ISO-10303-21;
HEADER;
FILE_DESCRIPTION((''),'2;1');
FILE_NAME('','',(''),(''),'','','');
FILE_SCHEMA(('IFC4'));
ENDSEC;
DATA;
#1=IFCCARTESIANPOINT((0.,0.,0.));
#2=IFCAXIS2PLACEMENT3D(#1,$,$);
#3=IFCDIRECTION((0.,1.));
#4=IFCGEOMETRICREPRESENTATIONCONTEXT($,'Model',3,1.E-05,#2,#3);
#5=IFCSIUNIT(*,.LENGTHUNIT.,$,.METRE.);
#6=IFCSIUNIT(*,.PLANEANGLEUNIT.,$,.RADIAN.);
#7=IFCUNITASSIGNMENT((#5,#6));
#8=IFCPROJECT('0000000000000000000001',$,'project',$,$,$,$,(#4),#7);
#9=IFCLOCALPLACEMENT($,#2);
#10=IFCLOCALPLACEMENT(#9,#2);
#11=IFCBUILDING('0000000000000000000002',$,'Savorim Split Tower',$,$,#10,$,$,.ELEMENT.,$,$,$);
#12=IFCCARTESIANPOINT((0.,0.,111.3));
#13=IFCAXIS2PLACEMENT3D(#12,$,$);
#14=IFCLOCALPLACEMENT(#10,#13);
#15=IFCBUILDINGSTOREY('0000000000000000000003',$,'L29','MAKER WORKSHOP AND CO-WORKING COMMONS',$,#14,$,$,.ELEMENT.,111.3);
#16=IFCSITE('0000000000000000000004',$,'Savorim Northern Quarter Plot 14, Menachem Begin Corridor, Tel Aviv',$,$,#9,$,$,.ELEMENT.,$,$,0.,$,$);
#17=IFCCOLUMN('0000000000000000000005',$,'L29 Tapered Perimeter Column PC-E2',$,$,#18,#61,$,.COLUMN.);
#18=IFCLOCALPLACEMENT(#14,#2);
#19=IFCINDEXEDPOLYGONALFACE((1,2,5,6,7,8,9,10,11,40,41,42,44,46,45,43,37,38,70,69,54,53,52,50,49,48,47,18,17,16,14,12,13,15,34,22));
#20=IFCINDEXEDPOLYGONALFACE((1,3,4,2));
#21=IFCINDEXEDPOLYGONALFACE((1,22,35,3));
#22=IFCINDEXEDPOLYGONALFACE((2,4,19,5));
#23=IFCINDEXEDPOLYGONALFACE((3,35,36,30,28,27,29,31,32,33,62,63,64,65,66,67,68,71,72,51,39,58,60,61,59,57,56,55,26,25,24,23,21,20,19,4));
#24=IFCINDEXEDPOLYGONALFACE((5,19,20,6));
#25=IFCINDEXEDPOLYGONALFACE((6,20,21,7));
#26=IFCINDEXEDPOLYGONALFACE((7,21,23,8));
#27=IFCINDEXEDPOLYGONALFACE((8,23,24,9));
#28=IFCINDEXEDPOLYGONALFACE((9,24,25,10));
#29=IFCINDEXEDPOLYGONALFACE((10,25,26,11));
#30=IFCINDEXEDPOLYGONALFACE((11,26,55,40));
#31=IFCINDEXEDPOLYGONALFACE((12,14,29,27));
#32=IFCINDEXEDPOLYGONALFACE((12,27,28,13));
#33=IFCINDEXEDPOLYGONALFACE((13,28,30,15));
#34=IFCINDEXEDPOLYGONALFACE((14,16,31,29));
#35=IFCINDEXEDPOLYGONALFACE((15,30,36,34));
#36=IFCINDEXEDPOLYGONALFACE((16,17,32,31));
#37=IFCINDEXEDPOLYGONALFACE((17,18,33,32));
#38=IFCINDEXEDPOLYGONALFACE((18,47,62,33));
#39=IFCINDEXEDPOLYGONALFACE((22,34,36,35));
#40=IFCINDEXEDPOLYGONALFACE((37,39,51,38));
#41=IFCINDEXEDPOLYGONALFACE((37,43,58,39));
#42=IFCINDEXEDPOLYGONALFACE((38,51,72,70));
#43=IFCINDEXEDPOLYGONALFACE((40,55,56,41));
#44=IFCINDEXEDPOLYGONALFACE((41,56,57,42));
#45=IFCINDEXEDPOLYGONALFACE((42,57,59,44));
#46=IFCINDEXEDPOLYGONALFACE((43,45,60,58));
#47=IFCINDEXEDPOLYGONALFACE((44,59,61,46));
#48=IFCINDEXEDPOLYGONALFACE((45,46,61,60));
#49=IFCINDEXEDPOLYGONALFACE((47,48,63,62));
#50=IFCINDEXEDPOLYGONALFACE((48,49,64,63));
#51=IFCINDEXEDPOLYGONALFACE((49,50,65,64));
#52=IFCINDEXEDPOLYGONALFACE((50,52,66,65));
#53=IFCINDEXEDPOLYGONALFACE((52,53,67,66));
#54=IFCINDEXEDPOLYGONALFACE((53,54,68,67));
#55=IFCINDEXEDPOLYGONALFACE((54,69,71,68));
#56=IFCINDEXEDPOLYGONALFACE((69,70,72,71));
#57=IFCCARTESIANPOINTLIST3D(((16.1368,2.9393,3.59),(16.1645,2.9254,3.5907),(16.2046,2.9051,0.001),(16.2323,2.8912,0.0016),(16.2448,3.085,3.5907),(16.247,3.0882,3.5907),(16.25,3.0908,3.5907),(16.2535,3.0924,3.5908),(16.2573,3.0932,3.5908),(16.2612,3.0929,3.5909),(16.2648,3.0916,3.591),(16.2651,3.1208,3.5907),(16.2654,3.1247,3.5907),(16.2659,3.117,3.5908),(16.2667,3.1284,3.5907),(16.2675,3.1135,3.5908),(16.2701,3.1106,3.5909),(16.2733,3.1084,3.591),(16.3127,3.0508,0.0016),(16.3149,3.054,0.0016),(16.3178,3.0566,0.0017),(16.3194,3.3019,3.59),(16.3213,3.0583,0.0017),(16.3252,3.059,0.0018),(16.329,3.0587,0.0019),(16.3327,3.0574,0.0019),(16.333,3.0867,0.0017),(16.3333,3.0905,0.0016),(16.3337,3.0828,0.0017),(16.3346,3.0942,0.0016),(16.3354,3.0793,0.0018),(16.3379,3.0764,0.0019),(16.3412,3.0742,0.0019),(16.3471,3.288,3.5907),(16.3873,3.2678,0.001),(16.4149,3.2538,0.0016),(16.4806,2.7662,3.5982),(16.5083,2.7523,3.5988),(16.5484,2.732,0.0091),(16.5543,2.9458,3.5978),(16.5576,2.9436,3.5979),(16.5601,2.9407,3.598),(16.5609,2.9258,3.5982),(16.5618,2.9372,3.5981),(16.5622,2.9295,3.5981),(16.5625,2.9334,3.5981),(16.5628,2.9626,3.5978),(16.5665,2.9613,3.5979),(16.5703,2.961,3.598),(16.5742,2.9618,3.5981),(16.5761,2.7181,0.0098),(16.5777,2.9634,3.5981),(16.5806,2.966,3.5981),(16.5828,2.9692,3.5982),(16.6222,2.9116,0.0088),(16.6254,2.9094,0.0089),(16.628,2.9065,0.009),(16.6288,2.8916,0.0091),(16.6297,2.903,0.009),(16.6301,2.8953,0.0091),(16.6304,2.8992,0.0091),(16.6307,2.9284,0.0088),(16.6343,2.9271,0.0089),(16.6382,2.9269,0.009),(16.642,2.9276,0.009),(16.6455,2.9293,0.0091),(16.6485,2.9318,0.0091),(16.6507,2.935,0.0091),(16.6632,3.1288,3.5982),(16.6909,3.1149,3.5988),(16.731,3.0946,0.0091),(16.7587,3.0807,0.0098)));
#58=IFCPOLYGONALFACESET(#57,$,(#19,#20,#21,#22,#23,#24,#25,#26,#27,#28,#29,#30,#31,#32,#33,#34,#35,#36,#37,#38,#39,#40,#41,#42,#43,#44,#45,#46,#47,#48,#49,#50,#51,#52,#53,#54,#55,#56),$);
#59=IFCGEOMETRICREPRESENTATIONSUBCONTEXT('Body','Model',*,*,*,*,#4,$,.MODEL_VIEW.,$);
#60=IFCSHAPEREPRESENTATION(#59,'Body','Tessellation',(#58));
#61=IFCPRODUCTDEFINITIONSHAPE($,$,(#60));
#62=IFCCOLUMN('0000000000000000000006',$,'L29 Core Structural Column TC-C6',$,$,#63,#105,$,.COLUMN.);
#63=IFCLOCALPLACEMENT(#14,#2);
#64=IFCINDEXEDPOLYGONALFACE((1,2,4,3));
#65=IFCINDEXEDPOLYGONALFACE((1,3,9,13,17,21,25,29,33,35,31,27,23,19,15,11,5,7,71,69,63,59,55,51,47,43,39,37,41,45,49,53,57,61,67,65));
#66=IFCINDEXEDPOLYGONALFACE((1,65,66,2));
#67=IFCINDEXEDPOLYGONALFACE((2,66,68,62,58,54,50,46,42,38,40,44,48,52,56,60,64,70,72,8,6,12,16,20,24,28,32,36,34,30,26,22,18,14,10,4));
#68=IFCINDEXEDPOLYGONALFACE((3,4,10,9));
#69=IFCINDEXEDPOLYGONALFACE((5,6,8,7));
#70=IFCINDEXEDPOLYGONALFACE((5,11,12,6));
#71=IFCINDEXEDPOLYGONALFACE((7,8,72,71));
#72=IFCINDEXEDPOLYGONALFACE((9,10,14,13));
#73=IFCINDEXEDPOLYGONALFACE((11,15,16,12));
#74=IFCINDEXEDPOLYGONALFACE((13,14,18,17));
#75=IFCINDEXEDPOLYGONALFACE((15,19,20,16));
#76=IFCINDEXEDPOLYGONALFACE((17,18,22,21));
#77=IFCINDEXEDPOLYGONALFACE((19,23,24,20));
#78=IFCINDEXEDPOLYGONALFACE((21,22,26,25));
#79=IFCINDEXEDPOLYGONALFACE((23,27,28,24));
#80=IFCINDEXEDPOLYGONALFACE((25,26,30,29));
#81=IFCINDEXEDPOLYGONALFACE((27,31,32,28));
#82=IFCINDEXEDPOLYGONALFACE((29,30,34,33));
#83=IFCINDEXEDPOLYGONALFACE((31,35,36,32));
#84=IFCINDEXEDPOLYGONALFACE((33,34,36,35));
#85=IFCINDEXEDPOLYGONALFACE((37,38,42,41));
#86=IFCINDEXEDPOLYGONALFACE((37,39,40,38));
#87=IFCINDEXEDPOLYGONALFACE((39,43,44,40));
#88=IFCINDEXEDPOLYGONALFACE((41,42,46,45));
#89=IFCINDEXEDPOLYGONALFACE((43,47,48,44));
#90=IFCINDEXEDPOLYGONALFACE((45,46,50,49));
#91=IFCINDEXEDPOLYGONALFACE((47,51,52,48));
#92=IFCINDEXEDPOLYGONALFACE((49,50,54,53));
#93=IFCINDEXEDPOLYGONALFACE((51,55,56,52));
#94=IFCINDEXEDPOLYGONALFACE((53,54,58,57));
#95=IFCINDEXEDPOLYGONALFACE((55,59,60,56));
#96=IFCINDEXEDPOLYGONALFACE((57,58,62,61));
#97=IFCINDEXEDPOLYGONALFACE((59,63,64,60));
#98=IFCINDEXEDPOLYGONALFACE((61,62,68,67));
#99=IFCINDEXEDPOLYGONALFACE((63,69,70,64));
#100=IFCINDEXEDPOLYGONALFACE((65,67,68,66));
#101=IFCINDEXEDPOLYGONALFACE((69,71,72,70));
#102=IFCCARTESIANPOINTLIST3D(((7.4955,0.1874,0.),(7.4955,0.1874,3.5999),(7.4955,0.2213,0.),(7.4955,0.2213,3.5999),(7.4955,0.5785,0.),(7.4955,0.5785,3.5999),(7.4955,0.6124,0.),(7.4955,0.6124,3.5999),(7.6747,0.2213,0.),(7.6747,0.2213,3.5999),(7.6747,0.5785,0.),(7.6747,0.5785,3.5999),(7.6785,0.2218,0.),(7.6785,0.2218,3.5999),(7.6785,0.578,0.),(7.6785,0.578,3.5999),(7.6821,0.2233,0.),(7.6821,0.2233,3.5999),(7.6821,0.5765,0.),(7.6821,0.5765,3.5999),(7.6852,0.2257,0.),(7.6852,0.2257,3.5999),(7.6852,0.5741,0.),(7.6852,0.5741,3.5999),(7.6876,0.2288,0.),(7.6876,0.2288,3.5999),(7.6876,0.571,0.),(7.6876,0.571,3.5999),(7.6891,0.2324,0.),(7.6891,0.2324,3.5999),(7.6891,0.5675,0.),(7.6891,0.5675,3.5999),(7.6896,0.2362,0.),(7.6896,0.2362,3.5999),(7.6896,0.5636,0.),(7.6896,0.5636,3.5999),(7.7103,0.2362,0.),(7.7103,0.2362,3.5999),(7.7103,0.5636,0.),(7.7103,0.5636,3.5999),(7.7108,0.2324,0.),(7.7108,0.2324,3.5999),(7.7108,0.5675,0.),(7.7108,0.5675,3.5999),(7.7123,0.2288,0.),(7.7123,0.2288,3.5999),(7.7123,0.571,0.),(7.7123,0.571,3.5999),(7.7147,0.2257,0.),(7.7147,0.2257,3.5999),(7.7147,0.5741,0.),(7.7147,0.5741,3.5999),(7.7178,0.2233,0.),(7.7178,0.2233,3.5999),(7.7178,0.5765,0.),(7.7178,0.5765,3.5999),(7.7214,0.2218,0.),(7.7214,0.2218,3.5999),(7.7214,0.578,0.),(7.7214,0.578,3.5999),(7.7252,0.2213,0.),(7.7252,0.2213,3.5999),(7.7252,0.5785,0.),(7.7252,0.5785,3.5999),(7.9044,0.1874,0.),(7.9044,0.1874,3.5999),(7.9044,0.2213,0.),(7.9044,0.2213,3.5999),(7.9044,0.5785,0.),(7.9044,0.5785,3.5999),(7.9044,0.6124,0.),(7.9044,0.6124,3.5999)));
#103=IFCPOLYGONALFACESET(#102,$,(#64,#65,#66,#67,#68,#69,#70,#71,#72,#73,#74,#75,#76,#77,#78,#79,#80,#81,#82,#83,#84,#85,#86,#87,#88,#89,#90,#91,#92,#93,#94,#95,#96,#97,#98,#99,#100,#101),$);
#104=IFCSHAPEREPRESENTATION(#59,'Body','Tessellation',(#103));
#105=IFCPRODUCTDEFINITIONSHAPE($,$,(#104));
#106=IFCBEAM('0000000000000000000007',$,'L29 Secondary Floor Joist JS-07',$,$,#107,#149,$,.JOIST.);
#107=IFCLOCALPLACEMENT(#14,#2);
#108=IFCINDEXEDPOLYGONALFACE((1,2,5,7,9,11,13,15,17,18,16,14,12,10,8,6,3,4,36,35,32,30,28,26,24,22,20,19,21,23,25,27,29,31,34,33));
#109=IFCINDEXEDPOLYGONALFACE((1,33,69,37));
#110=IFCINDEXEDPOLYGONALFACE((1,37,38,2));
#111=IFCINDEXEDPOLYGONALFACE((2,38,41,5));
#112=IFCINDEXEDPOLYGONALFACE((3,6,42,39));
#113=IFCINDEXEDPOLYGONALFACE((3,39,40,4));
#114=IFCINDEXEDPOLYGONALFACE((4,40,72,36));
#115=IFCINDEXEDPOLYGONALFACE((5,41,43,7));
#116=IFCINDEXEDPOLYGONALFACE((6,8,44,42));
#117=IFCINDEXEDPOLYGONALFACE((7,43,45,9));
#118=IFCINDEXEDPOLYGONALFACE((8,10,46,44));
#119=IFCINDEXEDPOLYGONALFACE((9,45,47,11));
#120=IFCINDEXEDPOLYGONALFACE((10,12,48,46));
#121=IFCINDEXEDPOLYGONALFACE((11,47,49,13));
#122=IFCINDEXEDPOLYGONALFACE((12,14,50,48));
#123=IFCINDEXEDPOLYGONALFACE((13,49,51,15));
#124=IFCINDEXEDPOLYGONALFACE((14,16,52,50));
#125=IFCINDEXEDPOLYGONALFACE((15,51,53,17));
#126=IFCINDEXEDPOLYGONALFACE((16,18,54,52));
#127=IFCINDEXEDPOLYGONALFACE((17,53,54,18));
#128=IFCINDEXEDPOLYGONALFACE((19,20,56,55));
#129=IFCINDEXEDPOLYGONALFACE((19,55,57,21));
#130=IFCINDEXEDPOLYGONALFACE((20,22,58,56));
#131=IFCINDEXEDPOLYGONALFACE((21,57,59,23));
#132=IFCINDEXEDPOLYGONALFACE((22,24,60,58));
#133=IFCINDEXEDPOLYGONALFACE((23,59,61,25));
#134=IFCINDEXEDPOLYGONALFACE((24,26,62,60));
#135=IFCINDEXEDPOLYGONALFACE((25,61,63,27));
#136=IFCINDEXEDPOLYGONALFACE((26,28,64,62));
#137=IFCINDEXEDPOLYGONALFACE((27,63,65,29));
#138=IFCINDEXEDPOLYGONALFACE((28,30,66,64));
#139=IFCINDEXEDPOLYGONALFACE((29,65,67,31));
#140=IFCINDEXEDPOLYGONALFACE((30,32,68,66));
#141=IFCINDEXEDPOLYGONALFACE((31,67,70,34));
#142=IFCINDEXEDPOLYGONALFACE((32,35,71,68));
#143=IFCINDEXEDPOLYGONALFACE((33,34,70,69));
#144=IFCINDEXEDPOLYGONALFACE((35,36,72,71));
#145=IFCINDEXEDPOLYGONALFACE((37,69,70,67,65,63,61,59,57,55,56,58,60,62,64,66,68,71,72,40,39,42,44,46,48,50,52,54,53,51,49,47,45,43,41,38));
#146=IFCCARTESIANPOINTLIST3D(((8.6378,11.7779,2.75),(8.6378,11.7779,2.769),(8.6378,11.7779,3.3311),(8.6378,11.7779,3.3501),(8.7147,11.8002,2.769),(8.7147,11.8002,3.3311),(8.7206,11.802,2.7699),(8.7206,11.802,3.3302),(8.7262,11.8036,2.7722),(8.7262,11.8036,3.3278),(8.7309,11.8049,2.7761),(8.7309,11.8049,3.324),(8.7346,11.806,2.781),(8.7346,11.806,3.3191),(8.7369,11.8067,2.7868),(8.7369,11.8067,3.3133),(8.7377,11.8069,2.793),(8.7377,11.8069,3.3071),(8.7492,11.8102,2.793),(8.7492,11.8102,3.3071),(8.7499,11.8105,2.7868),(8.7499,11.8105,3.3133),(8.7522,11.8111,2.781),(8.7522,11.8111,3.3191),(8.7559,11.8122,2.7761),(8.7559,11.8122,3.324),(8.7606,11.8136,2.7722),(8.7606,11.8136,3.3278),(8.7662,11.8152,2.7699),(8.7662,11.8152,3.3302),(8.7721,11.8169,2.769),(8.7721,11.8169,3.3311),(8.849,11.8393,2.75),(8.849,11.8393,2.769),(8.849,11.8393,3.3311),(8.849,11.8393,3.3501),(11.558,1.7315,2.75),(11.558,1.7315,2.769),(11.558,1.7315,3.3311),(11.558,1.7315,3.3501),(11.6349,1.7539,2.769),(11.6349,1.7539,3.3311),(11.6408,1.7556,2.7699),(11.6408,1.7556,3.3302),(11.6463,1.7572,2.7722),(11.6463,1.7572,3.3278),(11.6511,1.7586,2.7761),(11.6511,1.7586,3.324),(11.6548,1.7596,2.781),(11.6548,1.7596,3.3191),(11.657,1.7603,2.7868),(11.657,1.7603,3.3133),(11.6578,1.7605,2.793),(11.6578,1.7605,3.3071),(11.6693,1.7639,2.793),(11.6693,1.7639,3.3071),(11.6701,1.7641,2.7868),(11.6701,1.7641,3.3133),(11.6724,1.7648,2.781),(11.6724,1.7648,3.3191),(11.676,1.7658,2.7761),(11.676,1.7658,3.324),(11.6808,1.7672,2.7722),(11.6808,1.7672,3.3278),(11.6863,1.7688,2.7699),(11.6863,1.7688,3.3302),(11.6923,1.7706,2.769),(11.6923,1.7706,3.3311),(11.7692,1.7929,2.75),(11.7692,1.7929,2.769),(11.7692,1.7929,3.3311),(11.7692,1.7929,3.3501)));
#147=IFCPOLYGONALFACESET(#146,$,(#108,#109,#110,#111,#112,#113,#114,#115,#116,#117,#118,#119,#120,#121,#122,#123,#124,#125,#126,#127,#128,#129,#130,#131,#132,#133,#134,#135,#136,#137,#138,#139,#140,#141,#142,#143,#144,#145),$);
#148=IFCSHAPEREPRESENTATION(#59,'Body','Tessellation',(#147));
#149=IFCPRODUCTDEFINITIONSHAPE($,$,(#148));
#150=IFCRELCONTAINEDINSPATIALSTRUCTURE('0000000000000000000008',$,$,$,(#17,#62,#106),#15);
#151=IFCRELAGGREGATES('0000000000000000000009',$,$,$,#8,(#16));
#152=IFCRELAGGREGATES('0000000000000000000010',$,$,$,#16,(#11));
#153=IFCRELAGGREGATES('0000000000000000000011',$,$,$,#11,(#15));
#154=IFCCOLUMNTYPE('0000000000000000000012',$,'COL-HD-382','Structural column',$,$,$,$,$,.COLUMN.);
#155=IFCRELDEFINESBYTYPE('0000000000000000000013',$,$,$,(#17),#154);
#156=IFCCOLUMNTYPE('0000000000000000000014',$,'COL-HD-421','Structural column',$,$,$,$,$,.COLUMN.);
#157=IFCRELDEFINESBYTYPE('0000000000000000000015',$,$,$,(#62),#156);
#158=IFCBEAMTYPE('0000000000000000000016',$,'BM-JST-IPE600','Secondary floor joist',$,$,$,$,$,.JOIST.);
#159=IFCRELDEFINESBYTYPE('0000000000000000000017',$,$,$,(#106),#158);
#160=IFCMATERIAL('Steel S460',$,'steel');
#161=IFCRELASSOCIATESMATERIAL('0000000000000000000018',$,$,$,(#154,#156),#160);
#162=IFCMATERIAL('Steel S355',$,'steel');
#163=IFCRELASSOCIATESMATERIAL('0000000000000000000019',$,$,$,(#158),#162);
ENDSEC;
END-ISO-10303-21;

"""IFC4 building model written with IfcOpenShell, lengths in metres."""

from ifc_helpers import new_model, si_unit, direction, frame, origin, origin_2d, place, context, subcontext, project, spatial, i_section, extrude, material, material_profile, profile_set, type_object, element, save


model = new_model("IFC4")

# Units and contexts
model_context = context("Model", 3, precision=1e-05, world=origin(), true_north=direction((0.0, 1.0)))
body_context = subcontext(model_context, "Body", "Model", "MODEL_VIEW")
ifc_project = project(units=[si_unit("LENGTHUNIT", "METRE"), si_unit("PLANEANGLEUNIT", "RADIAN")], contexts=[model_context])

# Site, building, storey
site_placement = place(None, origin())
site = spatial("IfcSite", under=ifc_project, at=site_placement, Name="Savorim Northern Quarter Plot 14, Menachem Begin Corridor, Tel Aviv", CompositionType="ELEMENT", RefElevation=0.0)
building_placement = place(site_placement, origin())
building = spatial("IfcBuilding", under=site, at=building_placement, Name="Savorim Split Tower", CompositionType="ELEMENT")
storey_placement = place(building_placement, frame((0.0, 0.0, 111.3)))
storey = spatial("IfcBuildingStorey", under=building, at=storey_placement, Name="L29", Description="MAKER WORKSHOP AND CO-WORKING COMMONS", CompositionType="ELEMENT", Elevation=111.3)

# Columns
ifc_material_1 = material(Name="Steel S460", Category="steel")
ifc_material_profile_1 = material_profile(ifc_material_1, i_section(OverallWidth=0.406, OverallDepth=0.416, WebThickness=0.0188, FlangeThickness=0.031, FilletRadius=0.0149, at=origin_2d()), Name="HD 400x382")
ifc_profile_set_1 = profile_set([ifc_material_profile_1], Name="Steel S460")
column_type_1 = type_object("IfcColumnType", Name="COL-HD-382", Description="Structural column", PredefinedType="COLUMN", material=ifc_profile_set_1)
column_1_placement = place(storey_placement, frame((16.4817, 2.9929, 0.0054), z_axis=(-0.018906, 0.009521, 0.999776), x_axis=(-0.449782, -0.893138, 0.0)))
element("IfcColumn", 1, at=column_1_placement, inside=storey, type_object=column_type_1, Name="L29 Tapered Perimeter Column PC-E2", PredefinedType="COLUMN", context=body_context, shape_type="SweptSolid", body=[
    extrude(i_section(OverallWidth=0.406, OverallDepth=0.416, WebThickness=0.0188, FlangeThickness=0.031, FilletRadius=0.0149, at=origin_2d()), origin(), (0.0, 0.0, 1.0), 3.5898),
])
ifc_material_profile_2 = material_profile(ifc_material_1, i_section(OverallWidth=0.4089, OverallDepth=0.425, WebThickness=0.0208, FlangeThickness=0.0339, FilletRadius=0.0149, at=origin_2d()), Name="HD 400x421")
ifc_profile_set_2 = profile_set([ifc_material_profile_2], Name="Steel S460")
column_type_2 = type_object("IfcColumnType", Name="COL-HD-421", Description="Structural column", PredefinedType="COLUMN", material=ifc_profile_set_2)
column_2_placement = place(storey_placement, frame((7.7, 0.3999, 0.0), z_axis=(0.0, 0.0, 1.0), x_axis=(1.0, 0.0, 0.0)))
element("IfcColumn", 2, at=column_2_placement, inside=storey, type_object=column_type_2, Name="L29 Core Structural Column TC-C6", PredefinedType="COLUMN", context=body_context, shape_type="SweptSolid", body=[
    extrude(i_section(OverallWidth=0.4089, OverallDepth=0.425, WebThickness=0.0208, FlangeThickness=0.0339, FilletRadius=0.0149, at=origin_2d()), origin(), (0.0, 0.0, 1.0), 3.5999),
])

# Beam
ifc_material_2 = material(Name="Steel S355", Category="steel")
ifc_material_profile_3 = material_profile(ifc_material_2, i_section(OverallWidth=0.22, OverallDepth=0.6001, WebThickness=0.012, FlangeThickness=0.019, FilletRadius=0.0239, at=origin_2d()), Name="IPE 600")
ifc_profile_set_3 = profile_set([ifc_material_profile_3], Name="Steel S355")
beam_type_1 = type_object("IfcBeamType", Name="BM-JST-IPE600", Description="Secondary floor joist", PredefinedType="JOIST", material=ifc_profile_set_3)
beam_1_placement = place(storey_placement, frame((11.6636, 1.7622, 3.05), z_axis=(-0.279116, 0.960257, 0.0), x_axis=(-0.960257, -0.279116, 0.0)))
element("IfcBeam", 3, at=beam_1_placement, inside=storey, type_object=beam_type_1, Name="L29 Secondary Floor Joist JS-07", PredefinedType="JOIST", context=body_context, shape_type="SweptSolid", body=[
    extrude(i_section(OverallWidth=0.22, OverallDepth=0.6001, WebThickness=0.012, FlangeThickness=0.019, FilletRadius=0.0239, at=origin_2d()), origin(), (0.0, 0.0, 1.0), 10.4622),
])

save(model, "model.ifc")
